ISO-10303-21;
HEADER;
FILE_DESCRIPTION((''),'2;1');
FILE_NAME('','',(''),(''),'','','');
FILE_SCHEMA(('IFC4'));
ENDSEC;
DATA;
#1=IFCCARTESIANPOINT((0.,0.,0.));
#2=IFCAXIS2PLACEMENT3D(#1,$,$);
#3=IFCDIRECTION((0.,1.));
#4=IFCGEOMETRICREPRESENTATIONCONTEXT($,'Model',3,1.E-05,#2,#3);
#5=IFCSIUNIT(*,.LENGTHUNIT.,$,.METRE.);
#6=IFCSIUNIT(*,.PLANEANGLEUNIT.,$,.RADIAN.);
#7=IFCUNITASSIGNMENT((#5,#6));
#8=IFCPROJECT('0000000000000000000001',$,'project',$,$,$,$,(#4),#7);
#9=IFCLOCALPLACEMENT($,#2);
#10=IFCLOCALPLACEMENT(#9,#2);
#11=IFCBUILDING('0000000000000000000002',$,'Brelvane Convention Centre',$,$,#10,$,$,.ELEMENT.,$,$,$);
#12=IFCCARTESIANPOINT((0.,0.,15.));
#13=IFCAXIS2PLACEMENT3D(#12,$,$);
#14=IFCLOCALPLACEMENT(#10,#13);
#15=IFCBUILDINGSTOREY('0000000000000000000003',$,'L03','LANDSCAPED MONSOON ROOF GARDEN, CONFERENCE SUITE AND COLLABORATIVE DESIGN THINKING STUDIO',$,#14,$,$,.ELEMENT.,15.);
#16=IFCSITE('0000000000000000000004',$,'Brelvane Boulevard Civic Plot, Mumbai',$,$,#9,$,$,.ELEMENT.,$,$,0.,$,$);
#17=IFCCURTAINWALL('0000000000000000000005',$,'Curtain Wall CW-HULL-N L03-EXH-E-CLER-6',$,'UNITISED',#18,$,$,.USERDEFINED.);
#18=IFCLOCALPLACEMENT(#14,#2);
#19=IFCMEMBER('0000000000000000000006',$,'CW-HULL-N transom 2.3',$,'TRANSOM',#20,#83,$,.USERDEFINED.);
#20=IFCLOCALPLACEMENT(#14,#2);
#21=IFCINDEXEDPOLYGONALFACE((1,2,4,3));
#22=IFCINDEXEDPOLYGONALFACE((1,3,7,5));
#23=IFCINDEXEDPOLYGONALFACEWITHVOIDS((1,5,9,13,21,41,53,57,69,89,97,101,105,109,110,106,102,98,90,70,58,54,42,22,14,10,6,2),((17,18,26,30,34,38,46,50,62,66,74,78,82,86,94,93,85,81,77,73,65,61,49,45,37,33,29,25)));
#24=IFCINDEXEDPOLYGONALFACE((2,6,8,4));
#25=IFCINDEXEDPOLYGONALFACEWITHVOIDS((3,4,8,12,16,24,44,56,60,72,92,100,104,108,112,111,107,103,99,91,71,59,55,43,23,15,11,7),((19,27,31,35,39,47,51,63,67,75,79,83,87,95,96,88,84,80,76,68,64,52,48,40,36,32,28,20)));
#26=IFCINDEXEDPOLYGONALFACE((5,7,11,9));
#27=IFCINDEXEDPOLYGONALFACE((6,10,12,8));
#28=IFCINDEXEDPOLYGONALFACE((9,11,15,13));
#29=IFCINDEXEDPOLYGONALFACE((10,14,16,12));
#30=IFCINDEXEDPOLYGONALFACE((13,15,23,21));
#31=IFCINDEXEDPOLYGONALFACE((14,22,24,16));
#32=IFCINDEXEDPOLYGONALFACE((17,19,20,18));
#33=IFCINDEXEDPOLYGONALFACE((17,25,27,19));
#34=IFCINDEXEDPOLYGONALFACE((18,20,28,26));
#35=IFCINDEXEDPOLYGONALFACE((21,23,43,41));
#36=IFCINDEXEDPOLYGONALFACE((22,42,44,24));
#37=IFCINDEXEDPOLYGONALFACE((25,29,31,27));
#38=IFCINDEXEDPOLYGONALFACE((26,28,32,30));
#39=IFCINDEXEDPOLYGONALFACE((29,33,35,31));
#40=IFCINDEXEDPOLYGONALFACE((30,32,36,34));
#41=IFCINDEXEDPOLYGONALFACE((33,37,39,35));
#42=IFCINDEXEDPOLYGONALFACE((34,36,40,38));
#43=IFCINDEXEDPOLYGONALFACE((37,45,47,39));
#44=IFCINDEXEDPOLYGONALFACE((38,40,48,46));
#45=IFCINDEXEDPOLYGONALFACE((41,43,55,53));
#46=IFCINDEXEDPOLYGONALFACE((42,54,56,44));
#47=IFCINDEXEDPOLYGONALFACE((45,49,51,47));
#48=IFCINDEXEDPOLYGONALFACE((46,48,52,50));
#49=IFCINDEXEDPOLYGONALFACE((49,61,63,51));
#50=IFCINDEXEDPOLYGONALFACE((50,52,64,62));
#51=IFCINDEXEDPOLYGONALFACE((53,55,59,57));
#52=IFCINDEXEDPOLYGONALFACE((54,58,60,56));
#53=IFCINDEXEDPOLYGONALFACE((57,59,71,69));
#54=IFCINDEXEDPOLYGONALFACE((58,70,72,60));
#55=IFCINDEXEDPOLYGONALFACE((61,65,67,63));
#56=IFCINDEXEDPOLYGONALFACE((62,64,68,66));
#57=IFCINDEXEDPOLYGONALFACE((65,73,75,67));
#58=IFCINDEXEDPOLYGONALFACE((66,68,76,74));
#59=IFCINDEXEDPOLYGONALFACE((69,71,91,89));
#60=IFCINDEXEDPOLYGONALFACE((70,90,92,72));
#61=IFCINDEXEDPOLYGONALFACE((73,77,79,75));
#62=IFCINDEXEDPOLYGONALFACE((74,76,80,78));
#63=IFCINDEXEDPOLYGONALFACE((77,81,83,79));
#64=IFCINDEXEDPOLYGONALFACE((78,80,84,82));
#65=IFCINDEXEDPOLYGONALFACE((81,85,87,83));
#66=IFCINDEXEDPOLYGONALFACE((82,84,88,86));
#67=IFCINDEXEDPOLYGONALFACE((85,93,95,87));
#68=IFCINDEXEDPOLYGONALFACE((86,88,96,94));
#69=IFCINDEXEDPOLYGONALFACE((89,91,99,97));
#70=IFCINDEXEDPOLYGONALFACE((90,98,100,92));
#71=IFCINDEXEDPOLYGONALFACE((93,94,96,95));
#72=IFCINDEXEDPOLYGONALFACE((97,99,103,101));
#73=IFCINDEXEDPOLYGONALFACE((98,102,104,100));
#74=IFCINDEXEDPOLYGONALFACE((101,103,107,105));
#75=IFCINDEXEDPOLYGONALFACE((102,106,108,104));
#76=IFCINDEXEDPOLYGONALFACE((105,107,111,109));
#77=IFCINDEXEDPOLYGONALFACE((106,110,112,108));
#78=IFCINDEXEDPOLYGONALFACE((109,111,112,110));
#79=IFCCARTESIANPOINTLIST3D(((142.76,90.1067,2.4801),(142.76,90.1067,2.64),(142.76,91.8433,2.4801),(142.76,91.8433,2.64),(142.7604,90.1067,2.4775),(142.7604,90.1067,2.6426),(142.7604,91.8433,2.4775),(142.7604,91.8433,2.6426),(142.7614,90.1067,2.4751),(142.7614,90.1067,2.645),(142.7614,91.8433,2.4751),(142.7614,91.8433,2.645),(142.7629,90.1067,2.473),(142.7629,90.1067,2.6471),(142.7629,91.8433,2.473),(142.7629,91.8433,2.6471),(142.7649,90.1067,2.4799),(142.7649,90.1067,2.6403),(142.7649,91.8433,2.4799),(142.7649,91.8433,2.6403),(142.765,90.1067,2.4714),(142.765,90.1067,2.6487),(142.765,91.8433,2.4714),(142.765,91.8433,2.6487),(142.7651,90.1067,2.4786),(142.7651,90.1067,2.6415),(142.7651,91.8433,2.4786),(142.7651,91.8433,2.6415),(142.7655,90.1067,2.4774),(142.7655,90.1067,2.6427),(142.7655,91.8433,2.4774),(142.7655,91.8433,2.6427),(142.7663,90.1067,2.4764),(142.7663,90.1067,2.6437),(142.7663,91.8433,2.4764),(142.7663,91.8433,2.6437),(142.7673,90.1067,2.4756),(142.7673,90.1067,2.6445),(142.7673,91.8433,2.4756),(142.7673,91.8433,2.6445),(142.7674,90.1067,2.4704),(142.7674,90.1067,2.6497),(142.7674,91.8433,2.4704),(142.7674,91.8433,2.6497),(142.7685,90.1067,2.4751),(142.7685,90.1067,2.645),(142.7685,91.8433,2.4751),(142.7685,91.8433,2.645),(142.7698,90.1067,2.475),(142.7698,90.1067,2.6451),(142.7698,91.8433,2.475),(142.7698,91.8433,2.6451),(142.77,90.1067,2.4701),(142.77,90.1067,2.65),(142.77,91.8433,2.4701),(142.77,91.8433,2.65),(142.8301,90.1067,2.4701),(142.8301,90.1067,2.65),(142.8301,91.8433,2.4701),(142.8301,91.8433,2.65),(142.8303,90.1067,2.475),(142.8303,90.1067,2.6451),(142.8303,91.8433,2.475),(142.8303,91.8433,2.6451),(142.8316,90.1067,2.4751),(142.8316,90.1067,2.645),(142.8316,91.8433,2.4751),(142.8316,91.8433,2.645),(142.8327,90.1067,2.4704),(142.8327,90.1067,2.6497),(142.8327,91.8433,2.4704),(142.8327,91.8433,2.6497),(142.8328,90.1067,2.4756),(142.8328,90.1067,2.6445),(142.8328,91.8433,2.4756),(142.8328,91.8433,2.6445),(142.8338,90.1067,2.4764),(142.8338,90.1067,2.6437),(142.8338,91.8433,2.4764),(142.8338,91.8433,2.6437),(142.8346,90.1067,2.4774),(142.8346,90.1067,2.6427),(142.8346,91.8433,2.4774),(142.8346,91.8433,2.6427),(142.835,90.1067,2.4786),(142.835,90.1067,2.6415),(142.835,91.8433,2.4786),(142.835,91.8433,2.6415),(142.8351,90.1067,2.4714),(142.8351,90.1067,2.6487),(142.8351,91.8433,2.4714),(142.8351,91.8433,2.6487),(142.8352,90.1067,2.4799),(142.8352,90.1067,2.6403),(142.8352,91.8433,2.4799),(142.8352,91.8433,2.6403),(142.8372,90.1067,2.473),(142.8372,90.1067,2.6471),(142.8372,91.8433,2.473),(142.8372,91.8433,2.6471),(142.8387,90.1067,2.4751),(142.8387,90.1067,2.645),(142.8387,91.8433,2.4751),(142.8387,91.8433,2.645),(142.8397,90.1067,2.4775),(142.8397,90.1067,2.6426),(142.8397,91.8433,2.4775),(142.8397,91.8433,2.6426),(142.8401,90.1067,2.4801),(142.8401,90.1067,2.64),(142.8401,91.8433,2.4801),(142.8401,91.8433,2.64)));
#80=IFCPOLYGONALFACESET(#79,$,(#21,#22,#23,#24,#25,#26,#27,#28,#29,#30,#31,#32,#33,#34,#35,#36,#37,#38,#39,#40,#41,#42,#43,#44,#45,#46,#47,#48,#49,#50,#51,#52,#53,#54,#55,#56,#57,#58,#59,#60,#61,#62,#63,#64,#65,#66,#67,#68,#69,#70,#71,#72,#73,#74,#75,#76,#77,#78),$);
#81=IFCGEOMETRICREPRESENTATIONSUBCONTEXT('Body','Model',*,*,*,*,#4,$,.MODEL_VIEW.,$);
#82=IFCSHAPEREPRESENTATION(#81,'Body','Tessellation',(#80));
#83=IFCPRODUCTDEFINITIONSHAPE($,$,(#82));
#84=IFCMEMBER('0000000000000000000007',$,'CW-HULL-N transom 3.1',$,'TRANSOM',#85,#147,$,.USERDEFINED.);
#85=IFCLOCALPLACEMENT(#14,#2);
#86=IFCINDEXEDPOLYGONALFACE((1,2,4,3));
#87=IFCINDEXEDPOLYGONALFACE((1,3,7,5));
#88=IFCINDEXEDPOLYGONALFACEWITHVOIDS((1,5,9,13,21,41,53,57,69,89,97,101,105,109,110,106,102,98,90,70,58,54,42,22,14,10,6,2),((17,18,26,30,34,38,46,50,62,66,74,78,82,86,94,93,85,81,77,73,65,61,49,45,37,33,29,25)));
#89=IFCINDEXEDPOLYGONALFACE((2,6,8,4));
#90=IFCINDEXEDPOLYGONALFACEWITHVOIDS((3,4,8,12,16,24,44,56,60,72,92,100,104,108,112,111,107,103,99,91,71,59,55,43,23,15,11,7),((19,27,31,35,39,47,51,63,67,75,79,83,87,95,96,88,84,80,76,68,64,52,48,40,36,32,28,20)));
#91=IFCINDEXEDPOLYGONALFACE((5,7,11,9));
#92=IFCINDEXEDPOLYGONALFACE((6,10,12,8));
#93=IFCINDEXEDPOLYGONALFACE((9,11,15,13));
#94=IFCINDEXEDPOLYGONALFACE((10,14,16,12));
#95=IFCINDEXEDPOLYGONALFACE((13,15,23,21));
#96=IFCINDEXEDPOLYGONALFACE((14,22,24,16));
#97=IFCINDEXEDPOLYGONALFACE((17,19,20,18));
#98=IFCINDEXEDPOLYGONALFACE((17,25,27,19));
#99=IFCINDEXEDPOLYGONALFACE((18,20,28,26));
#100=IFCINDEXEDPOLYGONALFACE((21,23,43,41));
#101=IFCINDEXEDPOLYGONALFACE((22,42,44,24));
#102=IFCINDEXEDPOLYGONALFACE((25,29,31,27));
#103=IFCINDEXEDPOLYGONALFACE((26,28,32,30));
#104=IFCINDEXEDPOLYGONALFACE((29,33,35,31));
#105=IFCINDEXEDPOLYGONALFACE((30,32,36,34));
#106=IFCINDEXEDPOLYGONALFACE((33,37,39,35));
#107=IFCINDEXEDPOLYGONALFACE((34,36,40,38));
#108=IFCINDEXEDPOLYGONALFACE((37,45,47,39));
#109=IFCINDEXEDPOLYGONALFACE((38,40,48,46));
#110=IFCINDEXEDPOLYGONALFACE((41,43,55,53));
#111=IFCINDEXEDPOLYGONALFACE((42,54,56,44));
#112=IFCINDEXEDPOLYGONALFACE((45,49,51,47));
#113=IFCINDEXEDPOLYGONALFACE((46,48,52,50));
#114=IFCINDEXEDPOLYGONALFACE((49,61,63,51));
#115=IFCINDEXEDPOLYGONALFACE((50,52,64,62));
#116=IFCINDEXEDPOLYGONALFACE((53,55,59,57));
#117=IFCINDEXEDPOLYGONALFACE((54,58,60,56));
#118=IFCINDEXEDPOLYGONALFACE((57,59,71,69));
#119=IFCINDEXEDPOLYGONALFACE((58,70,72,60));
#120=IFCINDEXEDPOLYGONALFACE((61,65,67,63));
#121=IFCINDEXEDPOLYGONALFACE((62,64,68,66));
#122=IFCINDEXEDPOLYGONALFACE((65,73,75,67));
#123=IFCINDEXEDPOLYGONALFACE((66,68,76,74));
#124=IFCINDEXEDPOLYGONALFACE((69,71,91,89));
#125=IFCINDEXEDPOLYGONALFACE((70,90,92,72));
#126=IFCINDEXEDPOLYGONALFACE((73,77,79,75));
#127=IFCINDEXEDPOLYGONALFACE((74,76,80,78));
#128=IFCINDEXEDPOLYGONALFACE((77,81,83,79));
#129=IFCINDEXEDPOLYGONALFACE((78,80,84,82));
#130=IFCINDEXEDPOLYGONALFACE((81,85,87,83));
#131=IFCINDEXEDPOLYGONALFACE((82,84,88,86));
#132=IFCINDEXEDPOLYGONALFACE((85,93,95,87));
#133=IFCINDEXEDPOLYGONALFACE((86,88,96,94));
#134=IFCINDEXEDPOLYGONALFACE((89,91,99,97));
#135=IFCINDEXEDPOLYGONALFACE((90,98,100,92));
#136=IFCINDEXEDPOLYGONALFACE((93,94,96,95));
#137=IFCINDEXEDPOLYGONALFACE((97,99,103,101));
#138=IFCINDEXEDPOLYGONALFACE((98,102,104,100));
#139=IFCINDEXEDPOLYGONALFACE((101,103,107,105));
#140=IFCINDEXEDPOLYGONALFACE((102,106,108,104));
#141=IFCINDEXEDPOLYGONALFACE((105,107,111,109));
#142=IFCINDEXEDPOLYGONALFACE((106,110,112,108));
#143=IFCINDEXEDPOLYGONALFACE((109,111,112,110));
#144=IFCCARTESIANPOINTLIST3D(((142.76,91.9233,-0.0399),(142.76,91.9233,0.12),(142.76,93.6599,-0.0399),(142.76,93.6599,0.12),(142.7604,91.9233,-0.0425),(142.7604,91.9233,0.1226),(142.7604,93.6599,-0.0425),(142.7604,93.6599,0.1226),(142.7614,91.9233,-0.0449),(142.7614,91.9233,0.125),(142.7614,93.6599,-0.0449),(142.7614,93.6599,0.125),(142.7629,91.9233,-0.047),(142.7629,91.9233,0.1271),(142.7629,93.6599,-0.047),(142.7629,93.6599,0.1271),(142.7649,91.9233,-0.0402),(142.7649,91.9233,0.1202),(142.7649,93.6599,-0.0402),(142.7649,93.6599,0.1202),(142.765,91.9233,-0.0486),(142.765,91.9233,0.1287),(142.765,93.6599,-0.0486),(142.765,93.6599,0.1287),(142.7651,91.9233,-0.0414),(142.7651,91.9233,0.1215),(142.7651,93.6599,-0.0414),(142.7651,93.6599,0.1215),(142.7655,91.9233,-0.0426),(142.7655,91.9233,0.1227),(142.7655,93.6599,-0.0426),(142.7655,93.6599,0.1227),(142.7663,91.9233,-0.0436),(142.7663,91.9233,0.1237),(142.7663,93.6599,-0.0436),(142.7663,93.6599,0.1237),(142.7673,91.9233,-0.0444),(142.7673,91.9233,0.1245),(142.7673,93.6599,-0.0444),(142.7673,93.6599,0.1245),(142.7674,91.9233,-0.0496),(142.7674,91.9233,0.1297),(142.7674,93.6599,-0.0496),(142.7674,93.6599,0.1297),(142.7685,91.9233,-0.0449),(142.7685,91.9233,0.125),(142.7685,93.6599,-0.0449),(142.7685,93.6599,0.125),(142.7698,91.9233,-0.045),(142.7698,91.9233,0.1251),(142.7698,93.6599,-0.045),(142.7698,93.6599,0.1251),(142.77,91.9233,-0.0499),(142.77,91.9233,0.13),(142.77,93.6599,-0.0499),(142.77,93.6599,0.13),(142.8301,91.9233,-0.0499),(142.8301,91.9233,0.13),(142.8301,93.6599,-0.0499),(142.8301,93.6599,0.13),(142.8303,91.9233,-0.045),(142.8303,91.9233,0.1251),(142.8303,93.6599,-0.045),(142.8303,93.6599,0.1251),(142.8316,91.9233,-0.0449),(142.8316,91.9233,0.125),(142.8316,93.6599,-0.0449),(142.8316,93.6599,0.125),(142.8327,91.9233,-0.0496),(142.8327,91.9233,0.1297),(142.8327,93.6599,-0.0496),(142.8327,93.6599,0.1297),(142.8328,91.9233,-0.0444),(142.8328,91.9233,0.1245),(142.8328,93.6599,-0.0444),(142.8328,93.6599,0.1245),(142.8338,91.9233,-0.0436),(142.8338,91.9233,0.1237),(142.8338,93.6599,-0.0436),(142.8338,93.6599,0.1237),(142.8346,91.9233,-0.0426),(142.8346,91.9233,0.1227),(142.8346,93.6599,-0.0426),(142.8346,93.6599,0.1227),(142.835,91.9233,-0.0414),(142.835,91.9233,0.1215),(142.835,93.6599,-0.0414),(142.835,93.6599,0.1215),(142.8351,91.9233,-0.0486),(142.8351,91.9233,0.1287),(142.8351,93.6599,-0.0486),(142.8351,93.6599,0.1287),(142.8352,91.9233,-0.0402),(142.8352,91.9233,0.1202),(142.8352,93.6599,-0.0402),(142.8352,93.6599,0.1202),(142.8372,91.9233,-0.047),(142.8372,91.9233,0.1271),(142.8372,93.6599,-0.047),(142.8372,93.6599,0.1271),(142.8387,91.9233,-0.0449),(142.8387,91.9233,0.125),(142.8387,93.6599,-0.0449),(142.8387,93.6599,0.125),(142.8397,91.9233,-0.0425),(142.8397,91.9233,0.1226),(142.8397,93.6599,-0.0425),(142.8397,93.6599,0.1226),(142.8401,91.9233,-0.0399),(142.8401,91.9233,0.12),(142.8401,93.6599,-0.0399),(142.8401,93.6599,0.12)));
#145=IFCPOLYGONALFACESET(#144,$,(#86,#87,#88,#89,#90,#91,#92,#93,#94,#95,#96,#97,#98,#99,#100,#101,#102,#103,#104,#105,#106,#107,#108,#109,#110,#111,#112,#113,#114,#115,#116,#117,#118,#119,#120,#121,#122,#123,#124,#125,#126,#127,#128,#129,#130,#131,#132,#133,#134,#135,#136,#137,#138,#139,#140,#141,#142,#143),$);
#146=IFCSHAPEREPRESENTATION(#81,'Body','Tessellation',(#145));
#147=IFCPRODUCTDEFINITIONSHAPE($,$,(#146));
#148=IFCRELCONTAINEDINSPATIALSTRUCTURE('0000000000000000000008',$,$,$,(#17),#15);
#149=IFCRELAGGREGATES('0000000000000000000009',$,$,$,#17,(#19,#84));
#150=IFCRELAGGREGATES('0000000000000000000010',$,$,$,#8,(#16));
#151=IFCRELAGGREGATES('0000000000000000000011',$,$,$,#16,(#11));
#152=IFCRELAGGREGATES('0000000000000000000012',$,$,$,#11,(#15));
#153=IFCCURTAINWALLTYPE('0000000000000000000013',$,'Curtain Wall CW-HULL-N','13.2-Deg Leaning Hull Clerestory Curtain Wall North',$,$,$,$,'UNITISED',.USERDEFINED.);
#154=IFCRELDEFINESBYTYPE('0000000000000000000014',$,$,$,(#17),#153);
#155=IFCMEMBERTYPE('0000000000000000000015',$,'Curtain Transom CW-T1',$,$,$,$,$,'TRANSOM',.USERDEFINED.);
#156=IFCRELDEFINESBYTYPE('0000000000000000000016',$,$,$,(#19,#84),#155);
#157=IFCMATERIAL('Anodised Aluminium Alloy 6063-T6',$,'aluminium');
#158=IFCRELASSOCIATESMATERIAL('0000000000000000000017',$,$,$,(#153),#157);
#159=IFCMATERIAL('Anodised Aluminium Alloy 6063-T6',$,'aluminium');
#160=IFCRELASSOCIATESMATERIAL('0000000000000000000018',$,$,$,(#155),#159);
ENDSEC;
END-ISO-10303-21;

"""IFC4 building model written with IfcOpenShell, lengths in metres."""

from ifc_helpers import new_model, si_unit, direction, frame, origin, origin_2d, place, context, subcontext, project, spatial, hollow_rectangle, extrude, material, material_profile, profile_set, type_object, element, aggregate, save


model = new_model("IFC4")

# Units and contexts
model_context = context("Model", 3, precision=1e-05, world=origin(), true_north=direction((0.0, 1.0)))
body_context = subcontext(model_context, "Body", "Model", "MODEL_VIEW")
ifc_project = project(units=[si_unit("LENGTHUNIT", "METRE"), si_unit("PLANEANGLEUNIT", "RADIAN")], contexts=[model_context])

# Site, building, storey
site_placement = place(None, origin())
site = spatial("IfcSite", under=ifc_project, at=site_placement, Name="Brelvane Boulevard Civic Plot, Mumbai", CompositionType="ELEMENT", RefElevation=0.0)
building_placement = place(site_placement, origin())
building = spatial("IfcBuilding", under=site, at=building_placement, Name="Brelvane Convention Centre", CompositionType="ELEMENT")
storey_placement = place(building_placement, frame((0.0, 0.0, 15.0)))
storey = spatial("IfcBuildingStorey", under=building, at=storey_placement, Name="L03", Description="LANDSCAPED MONSOON ROOF GARDEN, CONFERENCE SUITE AND COLLABORATIVE DESIGN THINKING STUDIO", CompositionType="ELEMENT", Elevation=15.0)

# Curtain wall, members
ifc_material_1 = material(Name="Anodised Aluminium Alloy 6063-T6", Category="aluminium")
curtain_wall_type = type_object("IfcCurtainWallType", Name="Curtain Wall CW-HULL-N", Description="13.2-Deg Leaning Hull Clerestory Curtain Wall North", ElementType="UNITISED", PredefinedType="USERDEFINED", material=ifc_material_1)
curtain_wall_placement = place(storey_placement, origin())
curtain_wall = element("IfcCurtainWall", 1, at=curtain_wall_placement, inside=storey, type_object=curtain_wall_type, Name="Curtain Wall CW-HULL-N L03-EXH-E-CLER-6", ObjectType="UNITISED", PredefinedType="USERDEFINED")
ifc_material_2 = material(Name="Anodised Aluminium Alloy 6063-T6", Category="aluminium")
ifc_material_profile_1 = material_profile(ifc_material_2, hollow_rectangle(XDim=0.0801, YDim=0.1799, WallThickness=0.0049, InnerFilletRadius=0.0049, OuterFilletRadius=0.01, at=origin_2d()), Name="ALU-T 180x80x5.0")
ifc_profile_set_1 = profile_set([ifc_material_profile_1], Name="Anodised Aluminium Alloy 6063-T6")
member_type_1 = type_object("IfcMemberType", Name="Curtain Transom CW-T1", ElementType="TRANSOM", PredefinedType="USERDEFINED", material=ifc_profile_set_1)
member_1_placement = place(storey_placement, frame((142.8, 90.1067, 2.5601), z_axis=(0.0, 1.0, 0.0), x_axis=(-1.0, 0.0, 0.0)))
member_1 = element("IfcMember", 2, at=member_1_placement, type_object=member_type_1, Name="CW-HULL-N transom 2.3", ObjectType="TRANSOM", PredefinedType="USERDEFINED", context=body_context, shape_type="SweptSolid", body=[
    extrude(hollow_rectangle(XDim=0.0801, YDim=0.1799, WallThickness=0.0049, InnerFilletRadius=0.0049, OuterFilletRadius=0.01, at=origin_2d()), origin(), (0.0, 0.0, 1.0), 1.7366),
])
member_2_placement = place(storey_placement, frame((142.8, 91.9233, 0.04), z_axis=(0.0, 1.0, 0.0), x_axis=(-1.0, 0.0, 0.0)))
member_2 = element("IfcMember", 3, at=member_2_placement, type_object=member_type_1, Name="CW-HULL-N transom 3.1", ObjectType="TRANSOM", PredefinedType="USERDEFINED", context=body_context, shape_type="SweptSolid", body=[
    extrude(hollow_rectangle(XDim=0.0801, YDim=0.1799, WallThickness=0.0049, InnerFilletRadius=0.0049, OuterFilletRadius=0.01, at=origin_2d()), origin(), (0.0, 0.0, 1.0), 1.7366),
])
aggregate(curtain_wall, [member_1, member_2])

save(model, "model.ifc")
